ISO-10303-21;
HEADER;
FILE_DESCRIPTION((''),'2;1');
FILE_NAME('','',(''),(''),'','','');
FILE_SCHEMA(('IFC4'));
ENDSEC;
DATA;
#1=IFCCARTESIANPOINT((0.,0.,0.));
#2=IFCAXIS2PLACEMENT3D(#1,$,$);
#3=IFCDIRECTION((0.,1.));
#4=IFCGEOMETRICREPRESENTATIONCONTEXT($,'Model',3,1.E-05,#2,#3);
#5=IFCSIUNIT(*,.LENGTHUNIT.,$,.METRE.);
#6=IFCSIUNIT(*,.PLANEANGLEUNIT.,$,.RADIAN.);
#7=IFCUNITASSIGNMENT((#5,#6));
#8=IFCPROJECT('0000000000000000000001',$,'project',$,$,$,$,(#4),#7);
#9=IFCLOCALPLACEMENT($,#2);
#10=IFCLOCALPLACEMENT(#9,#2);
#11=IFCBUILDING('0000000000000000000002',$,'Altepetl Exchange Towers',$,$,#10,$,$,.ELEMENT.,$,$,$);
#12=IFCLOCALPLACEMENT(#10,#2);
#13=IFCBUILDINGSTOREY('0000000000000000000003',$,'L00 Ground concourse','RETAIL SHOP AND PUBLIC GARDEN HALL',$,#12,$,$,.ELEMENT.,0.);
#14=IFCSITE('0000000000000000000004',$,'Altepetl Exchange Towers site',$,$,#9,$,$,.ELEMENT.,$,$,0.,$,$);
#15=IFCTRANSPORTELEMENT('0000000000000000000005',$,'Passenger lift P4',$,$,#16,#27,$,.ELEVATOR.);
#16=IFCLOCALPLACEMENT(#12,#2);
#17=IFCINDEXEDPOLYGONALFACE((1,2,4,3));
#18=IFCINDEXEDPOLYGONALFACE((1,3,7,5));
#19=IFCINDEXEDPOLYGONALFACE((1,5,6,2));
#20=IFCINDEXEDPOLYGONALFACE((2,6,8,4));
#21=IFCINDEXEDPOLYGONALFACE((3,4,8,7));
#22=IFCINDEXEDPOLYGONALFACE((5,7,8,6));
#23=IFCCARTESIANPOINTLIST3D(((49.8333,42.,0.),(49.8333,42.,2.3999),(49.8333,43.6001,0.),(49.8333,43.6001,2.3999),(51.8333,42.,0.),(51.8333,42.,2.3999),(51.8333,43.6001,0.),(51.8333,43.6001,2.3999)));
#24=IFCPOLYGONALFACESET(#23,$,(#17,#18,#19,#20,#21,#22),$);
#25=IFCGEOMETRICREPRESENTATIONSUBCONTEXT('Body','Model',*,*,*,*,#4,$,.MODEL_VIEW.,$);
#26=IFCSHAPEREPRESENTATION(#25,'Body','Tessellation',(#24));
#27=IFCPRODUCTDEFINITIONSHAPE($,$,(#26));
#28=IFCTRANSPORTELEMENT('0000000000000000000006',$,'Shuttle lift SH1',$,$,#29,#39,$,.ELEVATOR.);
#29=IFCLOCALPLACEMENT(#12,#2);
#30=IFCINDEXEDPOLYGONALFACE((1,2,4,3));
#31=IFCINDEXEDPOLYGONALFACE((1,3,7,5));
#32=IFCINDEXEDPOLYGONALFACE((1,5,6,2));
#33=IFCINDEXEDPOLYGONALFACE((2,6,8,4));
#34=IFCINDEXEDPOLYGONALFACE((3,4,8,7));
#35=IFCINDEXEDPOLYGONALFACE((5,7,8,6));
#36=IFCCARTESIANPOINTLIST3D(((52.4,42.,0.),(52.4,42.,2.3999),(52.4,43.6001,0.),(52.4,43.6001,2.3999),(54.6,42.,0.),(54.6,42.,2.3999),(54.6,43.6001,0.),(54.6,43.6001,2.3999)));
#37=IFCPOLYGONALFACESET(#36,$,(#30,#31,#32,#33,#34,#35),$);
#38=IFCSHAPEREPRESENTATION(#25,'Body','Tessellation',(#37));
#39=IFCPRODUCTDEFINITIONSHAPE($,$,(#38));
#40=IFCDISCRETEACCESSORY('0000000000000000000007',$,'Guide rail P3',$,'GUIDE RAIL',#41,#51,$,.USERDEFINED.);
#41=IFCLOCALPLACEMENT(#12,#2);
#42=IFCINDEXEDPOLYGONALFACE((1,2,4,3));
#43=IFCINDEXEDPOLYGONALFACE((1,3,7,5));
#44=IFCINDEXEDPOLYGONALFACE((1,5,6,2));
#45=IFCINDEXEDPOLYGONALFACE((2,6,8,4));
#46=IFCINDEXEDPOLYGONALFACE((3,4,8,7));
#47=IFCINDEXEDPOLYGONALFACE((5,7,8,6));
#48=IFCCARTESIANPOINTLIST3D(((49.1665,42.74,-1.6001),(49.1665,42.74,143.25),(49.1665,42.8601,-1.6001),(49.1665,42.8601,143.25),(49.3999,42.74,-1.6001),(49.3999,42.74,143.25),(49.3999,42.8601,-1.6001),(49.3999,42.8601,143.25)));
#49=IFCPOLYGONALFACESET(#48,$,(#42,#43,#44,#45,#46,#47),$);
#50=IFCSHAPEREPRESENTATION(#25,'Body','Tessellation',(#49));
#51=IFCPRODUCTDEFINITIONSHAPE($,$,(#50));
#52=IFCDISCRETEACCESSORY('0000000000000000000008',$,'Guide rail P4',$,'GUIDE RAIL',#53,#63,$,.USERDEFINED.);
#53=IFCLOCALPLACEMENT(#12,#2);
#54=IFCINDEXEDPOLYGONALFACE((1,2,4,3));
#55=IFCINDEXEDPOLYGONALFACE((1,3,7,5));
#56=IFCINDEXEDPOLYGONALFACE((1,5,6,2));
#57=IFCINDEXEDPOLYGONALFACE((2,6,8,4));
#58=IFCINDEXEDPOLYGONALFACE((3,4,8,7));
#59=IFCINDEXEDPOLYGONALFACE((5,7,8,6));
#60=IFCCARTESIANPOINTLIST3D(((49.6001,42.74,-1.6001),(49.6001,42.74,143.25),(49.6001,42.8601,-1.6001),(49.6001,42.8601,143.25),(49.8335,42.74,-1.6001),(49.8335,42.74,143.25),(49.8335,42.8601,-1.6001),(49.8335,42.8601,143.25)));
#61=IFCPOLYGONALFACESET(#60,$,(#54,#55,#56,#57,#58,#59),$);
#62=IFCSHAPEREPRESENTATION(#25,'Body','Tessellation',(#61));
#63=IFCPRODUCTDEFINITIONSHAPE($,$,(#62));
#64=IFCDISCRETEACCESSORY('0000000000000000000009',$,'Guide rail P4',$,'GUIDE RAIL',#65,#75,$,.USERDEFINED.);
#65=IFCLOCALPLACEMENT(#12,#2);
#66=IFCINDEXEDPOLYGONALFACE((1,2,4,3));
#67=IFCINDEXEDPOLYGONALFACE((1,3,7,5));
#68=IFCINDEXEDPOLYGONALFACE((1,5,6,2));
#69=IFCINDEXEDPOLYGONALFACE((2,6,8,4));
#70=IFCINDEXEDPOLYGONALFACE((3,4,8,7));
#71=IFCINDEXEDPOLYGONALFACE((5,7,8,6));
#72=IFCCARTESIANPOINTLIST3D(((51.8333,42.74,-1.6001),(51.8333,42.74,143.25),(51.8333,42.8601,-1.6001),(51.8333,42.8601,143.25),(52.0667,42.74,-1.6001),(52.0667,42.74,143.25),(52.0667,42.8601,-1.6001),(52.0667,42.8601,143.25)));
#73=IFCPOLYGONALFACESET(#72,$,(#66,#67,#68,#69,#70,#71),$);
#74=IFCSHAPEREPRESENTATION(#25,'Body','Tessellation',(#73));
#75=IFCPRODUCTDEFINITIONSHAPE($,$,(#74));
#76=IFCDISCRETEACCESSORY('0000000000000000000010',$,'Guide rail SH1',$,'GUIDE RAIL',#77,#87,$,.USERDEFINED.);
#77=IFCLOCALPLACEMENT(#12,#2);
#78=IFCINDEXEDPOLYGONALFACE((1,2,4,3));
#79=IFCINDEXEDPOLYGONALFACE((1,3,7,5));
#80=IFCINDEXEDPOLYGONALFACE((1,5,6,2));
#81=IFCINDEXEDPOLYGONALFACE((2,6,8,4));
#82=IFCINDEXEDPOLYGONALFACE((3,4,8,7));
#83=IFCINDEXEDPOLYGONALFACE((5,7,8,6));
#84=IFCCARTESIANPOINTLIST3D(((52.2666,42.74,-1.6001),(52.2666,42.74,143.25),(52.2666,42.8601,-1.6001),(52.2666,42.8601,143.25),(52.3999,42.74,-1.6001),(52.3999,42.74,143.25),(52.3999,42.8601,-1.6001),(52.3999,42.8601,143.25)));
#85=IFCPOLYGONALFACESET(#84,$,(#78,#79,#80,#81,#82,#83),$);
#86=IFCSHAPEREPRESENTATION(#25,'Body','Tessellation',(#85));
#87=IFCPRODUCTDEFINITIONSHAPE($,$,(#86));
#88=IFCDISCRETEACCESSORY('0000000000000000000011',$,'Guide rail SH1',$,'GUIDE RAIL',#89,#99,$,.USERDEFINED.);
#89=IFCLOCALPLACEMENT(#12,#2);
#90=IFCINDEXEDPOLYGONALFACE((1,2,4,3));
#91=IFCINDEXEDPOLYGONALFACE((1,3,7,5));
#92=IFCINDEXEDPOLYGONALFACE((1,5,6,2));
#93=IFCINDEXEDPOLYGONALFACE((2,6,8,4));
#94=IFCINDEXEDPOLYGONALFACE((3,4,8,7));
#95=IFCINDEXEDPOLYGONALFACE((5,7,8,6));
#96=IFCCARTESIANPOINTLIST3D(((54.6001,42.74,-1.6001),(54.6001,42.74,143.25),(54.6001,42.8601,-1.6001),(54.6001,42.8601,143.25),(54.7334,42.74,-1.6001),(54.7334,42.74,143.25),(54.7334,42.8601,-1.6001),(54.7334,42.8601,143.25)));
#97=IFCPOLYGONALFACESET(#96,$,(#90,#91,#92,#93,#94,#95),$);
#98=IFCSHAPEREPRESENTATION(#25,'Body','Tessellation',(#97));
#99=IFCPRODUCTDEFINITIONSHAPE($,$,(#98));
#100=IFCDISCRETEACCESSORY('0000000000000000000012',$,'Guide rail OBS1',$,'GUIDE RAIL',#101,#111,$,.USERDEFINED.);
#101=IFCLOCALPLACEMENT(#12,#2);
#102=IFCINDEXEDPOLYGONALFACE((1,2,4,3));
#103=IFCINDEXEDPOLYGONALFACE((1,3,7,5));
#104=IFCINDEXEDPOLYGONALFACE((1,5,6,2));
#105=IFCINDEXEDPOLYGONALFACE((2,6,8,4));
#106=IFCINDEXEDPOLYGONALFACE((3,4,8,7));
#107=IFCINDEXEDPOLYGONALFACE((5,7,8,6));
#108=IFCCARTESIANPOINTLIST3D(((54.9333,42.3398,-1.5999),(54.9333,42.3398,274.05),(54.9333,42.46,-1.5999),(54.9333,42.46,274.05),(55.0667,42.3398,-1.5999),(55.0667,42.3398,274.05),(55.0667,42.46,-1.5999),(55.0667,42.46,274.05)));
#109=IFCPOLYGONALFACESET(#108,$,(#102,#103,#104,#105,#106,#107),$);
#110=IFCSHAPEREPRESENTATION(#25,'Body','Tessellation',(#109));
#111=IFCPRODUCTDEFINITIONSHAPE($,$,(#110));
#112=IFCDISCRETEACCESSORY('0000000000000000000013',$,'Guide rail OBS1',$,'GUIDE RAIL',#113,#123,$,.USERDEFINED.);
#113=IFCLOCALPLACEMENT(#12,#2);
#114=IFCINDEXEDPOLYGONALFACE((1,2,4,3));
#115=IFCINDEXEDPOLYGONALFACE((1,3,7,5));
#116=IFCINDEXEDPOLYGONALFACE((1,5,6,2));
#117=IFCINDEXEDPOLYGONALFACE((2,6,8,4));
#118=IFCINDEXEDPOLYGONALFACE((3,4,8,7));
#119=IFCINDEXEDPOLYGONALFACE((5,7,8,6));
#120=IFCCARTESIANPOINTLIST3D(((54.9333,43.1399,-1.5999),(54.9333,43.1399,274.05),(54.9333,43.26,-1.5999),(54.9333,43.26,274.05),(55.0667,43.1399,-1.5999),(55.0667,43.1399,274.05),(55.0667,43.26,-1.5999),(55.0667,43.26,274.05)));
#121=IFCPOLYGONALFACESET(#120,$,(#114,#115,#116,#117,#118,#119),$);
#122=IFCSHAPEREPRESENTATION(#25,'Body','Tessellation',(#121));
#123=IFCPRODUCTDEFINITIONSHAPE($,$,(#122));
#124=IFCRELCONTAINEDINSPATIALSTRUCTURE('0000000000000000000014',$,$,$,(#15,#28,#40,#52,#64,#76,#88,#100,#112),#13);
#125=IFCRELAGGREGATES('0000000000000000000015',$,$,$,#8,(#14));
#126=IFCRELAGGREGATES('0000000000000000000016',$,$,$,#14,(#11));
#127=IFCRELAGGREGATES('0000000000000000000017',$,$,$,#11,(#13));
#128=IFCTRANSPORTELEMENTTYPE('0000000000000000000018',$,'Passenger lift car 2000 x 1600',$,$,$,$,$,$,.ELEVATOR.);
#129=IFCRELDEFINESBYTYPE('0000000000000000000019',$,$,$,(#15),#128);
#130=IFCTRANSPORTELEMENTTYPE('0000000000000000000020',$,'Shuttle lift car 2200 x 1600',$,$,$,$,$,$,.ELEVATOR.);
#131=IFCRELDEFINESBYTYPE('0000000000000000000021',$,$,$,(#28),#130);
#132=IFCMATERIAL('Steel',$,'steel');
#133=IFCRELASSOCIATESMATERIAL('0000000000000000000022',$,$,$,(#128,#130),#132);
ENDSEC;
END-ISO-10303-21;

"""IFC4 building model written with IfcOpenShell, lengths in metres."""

from ifc_helpers import new_model, si_unit, direction, frame, origin, origin_2d, place, context, subcontext, project, spatial, rectangle, extrude, material, type_object, element, save


model = new_model("IFC4")

# Units and contexts
model_context = context("Model", 3, precision=1e-05, world=origin(), true_north=direction((0.0, 1.0)))
body_context = subcontext(model_context, "Body", "Model", "MODEL_VIEW")
ifc_project = project(units=[si_unit("LENGTHUNIT", "METRE"), si_unit("PLANEANGLEUNIT", "RADIAN")], contexts=[model_context])

# Site, building, storey
site_placement = place(None, origin())
site = spatial("IfcSite", under=ifc_project, at=site_placement, Name="Altepetl Exchange Towers site", CompositionType="ELEMENT", RefElevation=0.0)
building_placement = place(site_placement, origin())
building = spatial("IfcBuilding", under=site, at=building_placement, Name="Altepetl Exchange Towers", CompositionType="ELEMENT")
storey_placement = place(building_placement, origin())
storey = spatial("IfcBuildingStorey", under=building, at=storey_placement, Name="L00 Ground concourse", Description="RETAIL SHOP AND PUBLIC GARDEN HALL", CompositionType="ELEMENT", Elevation=0.0)

# Transport elements
ifc_material_1 = material(Name="Steel", Category="steel")
transport_element_type_1 = type_object("IfcTransportElementType", Name="Passenger lift car 2000 x 1600", PredefinedType="ELEVATOR", material=ifc_material_1)
transport_element_1_placement = place(storey_placement, frame((50.8333, 42.8, 0.0)))
element("IfcTransportElement", 1, at=transport_element_1_placement, inside=storey, type_object=transport_element_type_1, Name="Passenger lift P4", PredefinedType="ELEVATOR", context=body_context, shape_type="SweptSolid", body=[
    extrude(rectangle(XDim=2.0, YDim=1.6001, at=origin_2d()), origin(), (0.0, 0.0, 1.0), 2.3999),
])
transport_element_type_2 = type_object("IfcTransportElementType", Name="Shuttle lift car 2200 x 1600", PredefinedType="ELEVATOR", material=ifc_material_1)
transport_element_2_placement = place(storey_placement, frame((53.5, 42.8, 0.0)))
element("IfcTransportElement", 2, at=transport_element_2_placement, inside=storey, type_object=transport_element_type_2, Name="Shuttle lift SH1", PredefinedType="ELEVATOR", context=body_context, shape_type="SweptSolid", body=[
    extrude(rectangle(XDim=2.2, YDim=1.6001, at=origin_2d()), origin(), (0.0, 0.0, 1.0), 2.3999),
])

# Discrete accessories
for number, where, name in (
    (3, (49.2832, 42.8, -1.6001), "Guide rail P3"),
    (4, (49.7168, 42.8, -1.6001), "Guide rail P4"),
    (5, (51.95, 42.8, -1.6001), "Guide rail P4"),
):
    element("IfcDiscreteAccessory", number, at=place(storey_placement, frame(where)), inside=storey, Name=name, ObjectType="GUIDE RAIL", PredefinedType="USERDEFINED", context=body_context, shape_type="SweptSolid", body=[
        extrude(rectangle(XDim=0.2334, YDim=0.1201, at=origin_2d()), origin(), (0.0, 0.0, 1.0), 144.8501),
    ])
for number, where, name in (
    (6, (52.3333, 42.8, -1.6001), "Guide rail SH1"),
    (7, (54.6667, 42.8, -1.6001), "Guide rail SH1"),
):
    element("IfcDiscreteAccessory", number, at=place(storey_placement, frame(where)), inside=storey, Name=name, ObjectType="GUIDE RAIL", PredefinedType="USERDEFINED", context=body_context, shape_type="SweptSolid", body=[
        extrude(rectangle(XDim=0.1333, YDim=0.1201, at=origin_2d()), origin(), (0.0, 0.0, 1.0), 144.8501),
    ])
for number, where, name in (
    (8, (55.0, 42.3999, -1.5999), "Guide rail OBS1"),
    (9, (55.0, 43.2, -1.5999), "Guide rail OBS1"),
):
    element("IfcDiscreteAccessory", number, at=place(storey_placement, frame(where)), inside=storey, Name=name, ObjectType="GUIDE RAIL", PredefinedType="USERDEFINED", context=body_context, shape_type="SweptSolid", body=[
        extrude(rectangle(XDim=0.1333, YDim=0.1201, at=origin_2d()), origin(), (0.0, 0.0, 1.0), 275.6499),
    ])

save(model, "model.ifc")
